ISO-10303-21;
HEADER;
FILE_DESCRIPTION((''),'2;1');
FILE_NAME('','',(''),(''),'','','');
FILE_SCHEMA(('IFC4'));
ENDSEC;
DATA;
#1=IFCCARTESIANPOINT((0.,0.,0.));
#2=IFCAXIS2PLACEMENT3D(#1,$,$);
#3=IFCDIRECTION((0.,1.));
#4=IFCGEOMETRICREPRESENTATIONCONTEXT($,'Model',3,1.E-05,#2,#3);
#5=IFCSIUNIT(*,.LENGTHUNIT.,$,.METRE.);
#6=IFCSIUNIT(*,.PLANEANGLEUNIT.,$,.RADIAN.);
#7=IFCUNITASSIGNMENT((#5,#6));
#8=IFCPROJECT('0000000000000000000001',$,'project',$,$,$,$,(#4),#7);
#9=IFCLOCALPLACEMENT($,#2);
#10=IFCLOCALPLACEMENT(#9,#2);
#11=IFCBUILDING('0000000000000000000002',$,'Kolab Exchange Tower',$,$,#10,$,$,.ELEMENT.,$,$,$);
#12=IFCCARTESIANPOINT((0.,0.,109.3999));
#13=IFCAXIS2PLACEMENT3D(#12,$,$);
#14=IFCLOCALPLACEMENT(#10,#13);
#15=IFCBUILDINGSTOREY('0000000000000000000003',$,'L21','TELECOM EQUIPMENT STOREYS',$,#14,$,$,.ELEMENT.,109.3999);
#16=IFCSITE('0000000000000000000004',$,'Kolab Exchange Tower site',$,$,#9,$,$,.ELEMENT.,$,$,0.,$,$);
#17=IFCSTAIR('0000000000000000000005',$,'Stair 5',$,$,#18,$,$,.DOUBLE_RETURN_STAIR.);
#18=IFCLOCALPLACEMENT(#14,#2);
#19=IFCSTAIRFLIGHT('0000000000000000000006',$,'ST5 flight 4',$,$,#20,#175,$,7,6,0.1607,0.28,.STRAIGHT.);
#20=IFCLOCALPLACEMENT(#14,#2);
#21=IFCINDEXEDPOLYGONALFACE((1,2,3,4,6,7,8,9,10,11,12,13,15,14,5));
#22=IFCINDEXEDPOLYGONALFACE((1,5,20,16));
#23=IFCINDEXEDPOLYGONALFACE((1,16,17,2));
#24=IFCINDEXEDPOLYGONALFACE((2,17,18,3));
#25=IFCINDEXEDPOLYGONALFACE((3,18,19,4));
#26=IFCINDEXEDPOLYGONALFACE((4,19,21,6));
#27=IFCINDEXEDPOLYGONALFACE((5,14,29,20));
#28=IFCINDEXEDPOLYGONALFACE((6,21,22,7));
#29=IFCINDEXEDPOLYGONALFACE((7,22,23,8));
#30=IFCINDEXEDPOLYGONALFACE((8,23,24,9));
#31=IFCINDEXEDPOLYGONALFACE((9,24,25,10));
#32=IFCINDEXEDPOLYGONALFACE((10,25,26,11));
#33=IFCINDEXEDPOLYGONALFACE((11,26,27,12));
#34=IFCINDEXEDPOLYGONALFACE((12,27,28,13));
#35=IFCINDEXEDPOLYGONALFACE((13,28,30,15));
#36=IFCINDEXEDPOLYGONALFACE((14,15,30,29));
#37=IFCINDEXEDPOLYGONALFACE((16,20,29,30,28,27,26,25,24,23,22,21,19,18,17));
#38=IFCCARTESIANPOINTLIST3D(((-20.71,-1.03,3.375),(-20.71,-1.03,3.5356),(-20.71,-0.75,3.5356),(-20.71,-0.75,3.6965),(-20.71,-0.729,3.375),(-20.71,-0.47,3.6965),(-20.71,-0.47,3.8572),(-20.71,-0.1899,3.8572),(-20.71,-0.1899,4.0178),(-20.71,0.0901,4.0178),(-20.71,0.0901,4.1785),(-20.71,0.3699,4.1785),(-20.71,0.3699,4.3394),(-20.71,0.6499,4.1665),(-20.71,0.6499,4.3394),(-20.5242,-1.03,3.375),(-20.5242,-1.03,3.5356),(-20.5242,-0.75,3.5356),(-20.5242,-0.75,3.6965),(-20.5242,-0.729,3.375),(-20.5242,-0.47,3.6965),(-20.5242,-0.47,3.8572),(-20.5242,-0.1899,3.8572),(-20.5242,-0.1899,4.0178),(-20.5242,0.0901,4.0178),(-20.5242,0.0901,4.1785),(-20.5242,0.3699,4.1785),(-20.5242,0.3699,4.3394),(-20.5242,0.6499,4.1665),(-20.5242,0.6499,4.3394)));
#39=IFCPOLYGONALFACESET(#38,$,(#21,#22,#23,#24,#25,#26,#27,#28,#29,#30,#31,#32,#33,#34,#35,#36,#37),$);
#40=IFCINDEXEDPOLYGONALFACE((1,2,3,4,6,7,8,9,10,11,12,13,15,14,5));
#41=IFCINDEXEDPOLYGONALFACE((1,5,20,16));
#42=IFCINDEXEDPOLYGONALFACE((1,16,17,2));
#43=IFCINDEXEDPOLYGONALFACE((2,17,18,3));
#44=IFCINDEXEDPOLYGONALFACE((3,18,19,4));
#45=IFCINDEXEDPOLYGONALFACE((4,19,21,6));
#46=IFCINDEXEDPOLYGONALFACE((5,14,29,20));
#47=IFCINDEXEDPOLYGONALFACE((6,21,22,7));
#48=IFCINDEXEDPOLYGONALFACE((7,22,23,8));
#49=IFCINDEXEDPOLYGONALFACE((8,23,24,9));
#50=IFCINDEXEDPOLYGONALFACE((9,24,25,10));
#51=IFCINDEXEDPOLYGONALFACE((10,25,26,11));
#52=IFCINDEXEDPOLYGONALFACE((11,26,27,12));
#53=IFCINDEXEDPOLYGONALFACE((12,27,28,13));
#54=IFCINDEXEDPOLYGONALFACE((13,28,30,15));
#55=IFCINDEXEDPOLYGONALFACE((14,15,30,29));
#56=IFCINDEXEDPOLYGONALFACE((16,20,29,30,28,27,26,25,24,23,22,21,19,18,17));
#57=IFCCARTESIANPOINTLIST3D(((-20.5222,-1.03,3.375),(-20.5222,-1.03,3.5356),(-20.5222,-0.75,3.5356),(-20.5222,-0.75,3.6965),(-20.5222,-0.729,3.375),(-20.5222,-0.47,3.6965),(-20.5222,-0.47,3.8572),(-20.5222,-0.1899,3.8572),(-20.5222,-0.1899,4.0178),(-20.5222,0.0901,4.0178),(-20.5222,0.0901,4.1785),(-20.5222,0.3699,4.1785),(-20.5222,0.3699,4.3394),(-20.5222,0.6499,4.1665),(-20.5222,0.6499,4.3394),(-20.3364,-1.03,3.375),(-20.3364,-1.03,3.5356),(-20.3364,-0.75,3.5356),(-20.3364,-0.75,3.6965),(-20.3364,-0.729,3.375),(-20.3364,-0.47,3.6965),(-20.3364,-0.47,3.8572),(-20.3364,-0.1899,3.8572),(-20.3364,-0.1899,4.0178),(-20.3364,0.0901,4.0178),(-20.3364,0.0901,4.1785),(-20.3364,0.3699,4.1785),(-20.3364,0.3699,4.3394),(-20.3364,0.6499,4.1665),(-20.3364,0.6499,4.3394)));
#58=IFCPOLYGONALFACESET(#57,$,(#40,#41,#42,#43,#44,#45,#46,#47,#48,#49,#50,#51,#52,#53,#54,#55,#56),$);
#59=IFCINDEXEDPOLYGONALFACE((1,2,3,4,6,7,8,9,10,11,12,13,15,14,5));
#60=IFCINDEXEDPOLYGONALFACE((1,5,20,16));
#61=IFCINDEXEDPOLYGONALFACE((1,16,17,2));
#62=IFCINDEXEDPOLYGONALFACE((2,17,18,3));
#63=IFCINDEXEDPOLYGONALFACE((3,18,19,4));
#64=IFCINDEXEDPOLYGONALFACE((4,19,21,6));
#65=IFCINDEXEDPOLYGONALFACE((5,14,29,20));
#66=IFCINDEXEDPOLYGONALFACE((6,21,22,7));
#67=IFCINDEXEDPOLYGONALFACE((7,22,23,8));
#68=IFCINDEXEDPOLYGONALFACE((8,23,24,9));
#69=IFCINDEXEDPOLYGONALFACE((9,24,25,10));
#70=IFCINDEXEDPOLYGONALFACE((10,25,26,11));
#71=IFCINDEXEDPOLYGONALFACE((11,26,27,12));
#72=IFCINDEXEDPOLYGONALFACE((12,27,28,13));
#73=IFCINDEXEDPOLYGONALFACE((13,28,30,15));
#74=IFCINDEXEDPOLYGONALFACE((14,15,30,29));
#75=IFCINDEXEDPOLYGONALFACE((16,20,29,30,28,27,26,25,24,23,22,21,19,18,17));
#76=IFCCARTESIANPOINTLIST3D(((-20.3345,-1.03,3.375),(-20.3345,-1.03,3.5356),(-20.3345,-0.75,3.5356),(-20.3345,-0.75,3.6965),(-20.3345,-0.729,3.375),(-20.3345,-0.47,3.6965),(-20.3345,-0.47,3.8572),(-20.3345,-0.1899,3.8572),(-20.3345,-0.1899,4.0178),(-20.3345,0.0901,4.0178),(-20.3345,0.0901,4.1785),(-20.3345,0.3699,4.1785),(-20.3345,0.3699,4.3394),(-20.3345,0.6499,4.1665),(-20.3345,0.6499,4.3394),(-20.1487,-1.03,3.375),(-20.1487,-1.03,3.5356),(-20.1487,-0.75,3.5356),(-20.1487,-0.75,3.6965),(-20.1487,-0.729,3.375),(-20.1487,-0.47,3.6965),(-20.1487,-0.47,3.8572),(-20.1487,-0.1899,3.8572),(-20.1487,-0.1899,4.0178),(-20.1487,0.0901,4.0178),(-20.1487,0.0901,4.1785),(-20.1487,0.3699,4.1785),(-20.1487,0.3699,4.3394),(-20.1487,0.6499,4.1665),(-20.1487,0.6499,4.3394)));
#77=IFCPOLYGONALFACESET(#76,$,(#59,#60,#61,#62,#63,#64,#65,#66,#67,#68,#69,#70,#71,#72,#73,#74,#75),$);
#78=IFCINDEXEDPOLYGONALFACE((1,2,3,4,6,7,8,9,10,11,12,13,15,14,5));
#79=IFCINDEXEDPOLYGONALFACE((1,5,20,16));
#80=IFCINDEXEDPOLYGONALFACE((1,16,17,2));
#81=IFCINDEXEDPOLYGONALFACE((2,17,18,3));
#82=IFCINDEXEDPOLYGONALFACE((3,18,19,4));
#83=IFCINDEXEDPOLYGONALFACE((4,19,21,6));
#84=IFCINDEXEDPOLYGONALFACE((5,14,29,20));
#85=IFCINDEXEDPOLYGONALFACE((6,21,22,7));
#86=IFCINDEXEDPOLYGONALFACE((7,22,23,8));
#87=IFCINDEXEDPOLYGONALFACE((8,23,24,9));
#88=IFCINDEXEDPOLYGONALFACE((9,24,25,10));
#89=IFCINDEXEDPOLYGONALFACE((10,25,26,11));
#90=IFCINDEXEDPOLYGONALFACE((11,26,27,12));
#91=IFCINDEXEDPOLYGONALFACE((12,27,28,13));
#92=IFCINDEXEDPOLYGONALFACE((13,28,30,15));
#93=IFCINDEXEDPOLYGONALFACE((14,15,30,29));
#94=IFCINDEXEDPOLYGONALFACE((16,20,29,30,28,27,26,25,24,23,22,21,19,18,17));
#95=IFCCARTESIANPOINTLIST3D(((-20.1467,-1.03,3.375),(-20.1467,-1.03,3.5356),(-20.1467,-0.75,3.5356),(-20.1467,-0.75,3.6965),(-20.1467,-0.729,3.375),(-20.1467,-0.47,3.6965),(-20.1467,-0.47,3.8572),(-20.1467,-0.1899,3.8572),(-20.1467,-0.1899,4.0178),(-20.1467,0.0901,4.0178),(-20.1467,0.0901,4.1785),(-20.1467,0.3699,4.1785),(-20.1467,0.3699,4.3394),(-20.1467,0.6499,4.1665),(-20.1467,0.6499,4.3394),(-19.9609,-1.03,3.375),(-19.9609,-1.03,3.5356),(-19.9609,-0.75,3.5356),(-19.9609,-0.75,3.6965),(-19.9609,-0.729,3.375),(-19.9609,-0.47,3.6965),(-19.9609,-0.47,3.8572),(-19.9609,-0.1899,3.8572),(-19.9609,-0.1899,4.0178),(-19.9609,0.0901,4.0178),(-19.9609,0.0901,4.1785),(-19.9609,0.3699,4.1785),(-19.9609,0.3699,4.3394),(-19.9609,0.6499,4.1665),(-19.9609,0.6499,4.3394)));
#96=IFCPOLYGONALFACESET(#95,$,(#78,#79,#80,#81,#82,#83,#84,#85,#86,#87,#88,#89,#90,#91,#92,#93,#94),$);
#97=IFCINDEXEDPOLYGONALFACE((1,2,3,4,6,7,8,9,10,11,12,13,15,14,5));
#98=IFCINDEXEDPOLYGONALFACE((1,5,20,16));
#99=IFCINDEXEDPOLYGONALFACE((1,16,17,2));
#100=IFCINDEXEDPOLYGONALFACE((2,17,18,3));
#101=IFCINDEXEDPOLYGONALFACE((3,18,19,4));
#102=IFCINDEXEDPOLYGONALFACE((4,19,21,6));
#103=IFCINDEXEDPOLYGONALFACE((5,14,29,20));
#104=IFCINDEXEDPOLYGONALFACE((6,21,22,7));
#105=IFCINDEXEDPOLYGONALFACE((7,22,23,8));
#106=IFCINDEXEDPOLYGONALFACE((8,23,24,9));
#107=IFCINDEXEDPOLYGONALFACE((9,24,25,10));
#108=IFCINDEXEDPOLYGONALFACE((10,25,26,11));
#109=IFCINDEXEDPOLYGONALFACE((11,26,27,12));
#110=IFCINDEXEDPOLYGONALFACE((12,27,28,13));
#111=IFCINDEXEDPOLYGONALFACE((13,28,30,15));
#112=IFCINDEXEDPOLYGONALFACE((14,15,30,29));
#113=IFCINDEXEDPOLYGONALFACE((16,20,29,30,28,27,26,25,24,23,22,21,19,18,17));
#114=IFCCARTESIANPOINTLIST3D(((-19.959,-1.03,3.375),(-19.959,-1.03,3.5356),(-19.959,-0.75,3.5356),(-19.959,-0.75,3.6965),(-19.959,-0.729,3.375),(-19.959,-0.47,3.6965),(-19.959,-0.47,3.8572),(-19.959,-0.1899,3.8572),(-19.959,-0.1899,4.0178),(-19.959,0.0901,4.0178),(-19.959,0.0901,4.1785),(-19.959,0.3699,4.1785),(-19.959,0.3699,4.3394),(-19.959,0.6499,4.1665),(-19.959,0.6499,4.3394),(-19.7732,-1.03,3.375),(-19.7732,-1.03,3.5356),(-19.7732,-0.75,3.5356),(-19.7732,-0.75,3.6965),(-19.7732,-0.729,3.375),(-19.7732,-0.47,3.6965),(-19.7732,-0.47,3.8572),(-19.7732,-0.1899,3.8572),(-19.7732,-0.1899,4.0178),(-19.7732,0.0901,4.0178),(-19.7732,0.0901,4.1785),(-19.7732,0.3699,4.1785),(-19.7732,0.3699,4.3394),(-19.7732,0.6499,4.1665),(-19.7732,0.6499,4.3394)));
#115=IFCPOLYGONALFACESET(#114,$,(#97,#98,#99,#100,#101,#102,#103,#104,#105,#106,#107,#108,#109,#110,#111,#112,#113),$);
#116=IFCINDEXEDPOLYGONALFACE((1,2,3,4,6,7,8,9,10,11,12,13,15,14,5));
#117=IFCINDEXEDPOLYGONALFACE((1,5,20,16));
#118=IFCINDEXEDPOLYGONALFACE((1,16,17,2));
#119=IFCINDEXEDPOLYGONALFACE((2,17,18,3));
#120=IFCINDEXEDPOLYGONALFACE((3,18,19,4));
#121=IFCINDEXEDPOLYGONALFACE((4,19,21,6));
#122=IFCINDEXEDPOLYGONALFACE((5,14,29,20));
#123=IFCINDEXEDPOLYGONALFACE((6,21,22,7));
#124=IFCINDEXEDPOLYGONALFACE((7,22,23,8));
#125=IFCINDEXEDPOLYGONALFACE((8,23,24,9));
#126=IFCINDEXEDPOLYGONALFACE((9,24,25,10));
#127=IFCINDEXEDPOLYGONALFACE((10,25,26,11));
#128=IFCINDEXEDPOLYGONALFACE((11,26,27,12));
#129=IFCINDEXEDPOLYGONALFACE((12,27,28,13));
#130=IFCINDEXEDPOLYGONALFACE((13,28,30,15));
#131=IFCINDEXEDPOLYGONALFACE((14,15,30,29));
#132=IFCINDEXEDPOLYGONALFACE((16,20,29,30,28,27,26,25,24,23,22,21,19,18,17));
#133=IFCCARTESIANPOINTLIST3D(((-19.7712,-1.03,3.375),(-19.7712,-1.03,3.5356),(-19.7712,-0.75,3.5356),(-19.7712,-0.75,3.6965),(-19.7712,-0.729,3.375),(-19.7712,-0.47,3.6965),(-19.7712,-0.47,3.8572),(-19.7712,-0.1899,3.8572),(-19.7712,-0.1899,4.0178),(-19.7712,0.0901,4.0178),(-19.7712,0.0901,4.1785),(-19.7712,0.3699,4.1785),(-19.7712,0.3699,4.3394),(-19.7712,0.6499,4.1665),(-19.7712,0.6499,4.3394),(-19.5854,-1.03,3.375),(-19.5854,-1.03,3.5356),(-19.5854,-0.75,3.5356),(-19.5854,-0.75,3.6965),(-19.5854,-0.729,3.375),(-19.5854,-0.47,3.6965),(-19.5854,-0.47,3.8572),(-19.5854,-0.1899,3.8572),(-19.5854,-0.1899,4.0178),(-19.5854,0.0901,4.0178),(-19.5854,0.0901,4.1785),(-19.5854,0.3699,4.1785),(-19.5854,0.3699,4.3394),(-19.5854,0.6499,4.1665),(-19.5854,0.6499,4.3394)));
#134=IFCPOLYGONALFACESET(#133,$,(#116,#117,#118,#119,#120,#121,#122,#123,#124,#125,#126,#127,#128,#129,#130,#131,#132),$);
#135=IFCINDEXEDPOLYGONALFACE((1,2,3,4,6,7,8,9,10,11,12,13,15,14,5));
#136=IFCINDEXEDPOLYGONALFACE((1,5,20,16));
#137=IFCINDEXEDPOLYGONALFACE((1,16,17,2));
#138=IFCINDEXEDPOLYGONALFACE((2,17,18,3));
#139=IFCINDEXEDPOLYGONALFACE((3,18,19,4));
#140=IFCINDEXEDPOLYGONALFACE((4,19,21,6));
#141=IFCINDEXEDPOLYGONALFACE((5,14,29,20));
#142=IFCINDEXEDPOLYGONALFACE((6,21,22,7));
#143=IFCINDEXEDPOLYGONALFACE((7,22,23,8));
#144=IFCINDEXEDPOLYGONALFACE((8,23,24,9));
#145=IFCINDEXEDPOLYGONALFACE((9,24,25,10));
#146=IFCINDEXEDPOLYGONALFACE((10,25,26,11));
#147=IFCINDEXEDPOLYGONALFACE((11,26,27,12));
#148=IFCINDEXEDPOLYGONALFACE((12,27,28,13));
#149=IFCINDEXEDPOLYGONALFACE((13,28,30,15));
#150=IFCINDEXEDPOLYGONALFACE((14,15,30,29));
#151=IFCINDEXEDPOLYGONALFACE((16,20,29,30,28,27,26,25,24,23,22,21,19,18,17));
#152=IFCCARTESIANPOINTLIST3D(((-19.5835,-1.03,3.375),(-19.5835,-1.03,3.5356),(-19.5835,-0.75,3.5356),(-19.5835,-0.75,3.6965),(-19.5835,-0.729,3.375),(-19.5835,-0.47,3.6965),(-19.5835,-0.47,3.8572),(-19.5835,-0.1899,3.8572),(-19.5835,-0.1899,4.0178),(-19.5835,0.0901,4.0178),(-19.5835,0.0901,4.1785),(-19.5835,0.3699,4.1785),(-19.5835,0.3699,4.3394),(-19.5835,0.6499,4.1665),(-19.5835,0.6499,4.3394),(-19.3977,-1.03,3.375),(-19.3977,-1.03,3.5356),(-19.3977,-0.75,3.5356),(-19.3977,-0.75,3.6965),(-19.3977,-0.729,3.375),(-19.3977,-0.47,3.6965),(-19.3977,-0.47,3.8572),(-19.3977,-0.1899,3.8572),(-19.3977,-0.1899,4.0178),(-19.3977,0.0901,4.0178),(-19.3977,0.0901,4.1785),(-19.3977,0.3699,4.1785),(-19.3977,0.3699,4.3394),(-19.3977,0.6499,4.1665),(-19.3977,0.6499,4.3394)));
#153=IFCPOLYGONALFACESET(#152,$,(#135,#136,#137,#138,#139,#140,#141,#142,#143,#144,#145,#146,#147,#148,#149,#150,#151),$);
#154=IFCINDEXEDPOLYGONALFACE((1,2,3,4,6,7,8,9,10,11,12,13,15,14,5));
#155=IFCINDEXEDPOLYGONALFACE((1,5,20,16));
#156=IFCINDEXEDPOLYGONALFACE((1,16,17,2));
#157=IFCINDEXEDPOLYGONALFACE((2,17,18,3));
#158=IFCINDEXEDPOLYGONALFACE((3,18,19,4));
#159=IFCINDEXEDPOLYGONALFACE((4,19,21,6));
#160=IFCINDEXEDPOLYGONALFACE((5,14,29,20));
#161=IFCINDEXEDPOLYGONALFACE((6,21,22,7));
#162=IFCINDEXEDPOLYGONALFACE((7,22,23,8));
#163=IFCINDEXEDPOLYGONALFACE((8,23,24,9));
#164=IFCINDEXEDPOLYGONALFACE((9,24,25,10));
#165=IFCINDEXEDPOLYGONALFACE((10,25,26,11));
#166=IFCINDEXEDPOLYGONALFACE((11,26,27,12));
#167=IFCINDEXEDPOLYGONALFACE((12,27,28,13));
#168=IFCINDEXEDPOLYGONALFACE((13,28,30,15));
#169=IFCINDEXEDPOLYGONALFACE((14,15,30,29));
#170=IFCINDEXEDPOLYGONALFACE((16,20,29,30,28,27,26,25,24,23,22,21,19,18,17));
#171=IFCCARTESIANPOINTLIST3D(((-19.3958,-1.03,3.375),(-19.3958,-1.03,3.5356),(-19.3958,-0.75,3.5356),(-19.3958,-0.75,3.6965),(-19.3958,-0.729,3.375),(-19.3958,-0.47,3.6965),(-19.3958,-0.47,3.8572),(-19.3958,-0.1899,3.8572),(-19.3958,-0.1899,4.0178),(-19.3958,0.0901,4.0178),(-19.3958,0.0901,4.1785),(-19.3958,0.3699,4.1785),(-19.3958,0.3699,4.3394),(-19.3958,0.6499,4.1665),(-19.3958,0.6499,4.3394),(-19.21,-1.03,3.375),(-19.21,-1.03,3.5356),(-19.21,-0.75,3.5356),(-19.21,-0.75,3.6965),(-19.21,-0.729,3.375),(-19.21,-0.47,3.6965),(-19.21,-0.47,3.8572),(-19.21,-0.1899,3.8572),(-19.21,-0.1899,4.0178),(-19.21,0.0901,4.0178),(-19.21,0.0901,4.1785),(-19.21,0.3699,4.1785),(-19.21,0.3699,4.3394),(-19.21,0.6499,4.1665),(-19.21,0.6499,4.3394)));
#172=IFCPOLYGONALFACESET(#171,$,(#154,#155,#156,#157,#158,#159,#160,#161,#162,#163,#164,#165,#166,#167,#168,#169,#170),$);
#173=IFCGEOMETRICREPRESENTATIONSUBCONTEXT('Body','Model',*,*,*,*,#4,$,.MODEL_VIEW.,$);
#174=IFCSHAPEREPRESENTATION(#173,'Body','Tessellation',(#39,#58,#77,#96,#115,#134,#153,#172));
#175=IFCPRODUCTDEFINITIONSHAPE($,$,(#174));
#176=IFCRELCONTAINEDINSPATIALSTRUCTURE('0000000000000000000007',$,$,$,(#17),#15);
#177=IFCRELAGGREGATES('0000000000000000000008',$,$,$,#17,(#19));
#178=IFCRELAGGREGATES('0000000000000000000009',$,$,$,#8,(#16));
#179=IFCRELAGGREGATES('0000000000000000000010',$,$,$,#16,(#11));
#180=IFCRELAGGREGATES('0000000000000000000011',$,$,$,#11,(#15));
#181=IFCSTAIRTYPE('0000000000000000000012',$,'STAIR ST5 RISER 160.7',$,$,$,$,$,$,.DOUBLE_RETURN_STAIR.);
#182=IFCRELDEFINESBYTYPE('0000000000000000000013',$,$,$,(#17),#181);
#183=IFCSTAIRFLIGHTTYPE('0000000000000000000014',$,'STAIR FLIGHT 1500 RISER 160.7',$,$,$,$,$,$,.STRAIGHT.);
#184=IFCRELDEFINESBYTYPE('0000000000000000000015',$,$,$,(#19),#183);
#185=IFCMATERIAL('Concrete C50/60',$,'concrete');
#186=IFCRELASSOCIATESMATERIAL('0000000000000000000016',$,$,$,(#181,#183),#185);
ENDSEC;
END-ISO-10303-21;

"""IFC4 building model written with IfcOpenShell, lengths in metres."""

from ifc_helpers import new_model, si_unit, direction, frame, origin, place, context, subcontext, project, spatial, polyline, outline, extrude, material, type_object, element, aggregate, save


model = new_model("IFC4")

# Units and contexts
model_context = context("Model", 3, precision=1e-05, world=origin(), true_north=direction((0.0, 1.0)))
body_context = subcontext(model_context, "Body", "Model", "MODEL_VIEW")
ifc_project = project(units=[si_unit("LENGTHUNIT", "METRE"), si_unit("PLANEANGLEUNIT", "RADIAN")], contexts=[model_context])

# Site, building, storey
site_placement = place(None, origin())
site = spatial("IfcSite", under=ifc_project, at=site_placement, Name="Kolab Exchange Tower site", CompositionType="ELEMENT", RefElevation=0.0)
building_placement = place(site_placement, origin())
building = spatial("IfcBuilding", under=site, at=building_placement, Name="Kolab Exchange Tower", CompositionType="ELEMENT")
storey_placement = place(building_placement, frame((0.0, 0.0, 109.3999)))
storey = spatial("IfcBuildingStorey", under=building, at=storey_placement, Name="L21", Description="TELECOM EQUIPMENT STOREYS", CompositionType="ELEMENT", Elevation=109.3999)

# Shared definitions
ifc_material_1 = material(Name="Concrete C50/60", Category="concrete")

# Stair, stair flight
stair_type = type_object("IfcStairType", Name="STAIR ST5 RISER 160.7", PredefinedType="DOUBLE_RETURN_STAIR", material=ifc_material_1)
stair_placement = place(storey_placement, origin())
stair = element("IfcStair", 1, at=stair_placement, inside=storey, type_object=stair_type, Name="Stair 5", PredefinedType="DOUBLE_RETURN_STAIR")
stair_flight_type = type_object("IfcStairFlightType", Name="STAIR FLIGHT 1500 RISER 160.7", PredefinedType="STRAIGHT", material=ifc_material_1)
stair_flight_1_placement = place(storey_placement, frame((-19.96, -1.03, 3.375), z_axis=(0.0, 0.0, 1.0), x_axis=(0.0, 1.0, 0.0)))
stair_flight_1 = element("IfcStairFlight", 2, at=stair_flight_1_placement, type_object=stair_flight_type, Name="ST5 flight 4", NumberOfRisers=7, NumberOfTreads=6, PredefinedType="STRAIGHT", RiserHeight=0.1607, TreadLength=0.28, context=body_context, shape_type="SweptSolid", body=[
    extrude(outline(polyline([(0.0, 0.0), (0.0, 0.1606), (0.28, 0.1606), (0.28, 0.3215), (0.5601, 0.3215), (0.5601, 0.4822), (0.8401, 0.4822), (0.8401, 0.6428), (1.1201, 0.6428), (1.1201, 0.8035), (1.3999, 0.8035), (1.3999, 0.9644), (1.6799, 0.9644), (1.6799, 1.125), (1.6799, 0.7915), (0.301, 0.0), (0.0, 0.0)])), frame((0.0, 0.75, 0.0), z_axis=(0.0, -1.0, 0.0), x_axis=(1.0, 0.0, 0.0)), (0.0, 0.0, 1.0), 0.1858),
    extrude(outline(polyline([(0.0, 0.0), (0.0, 0.1606), (0.28, 0.1606), (0.28, 0.3215), (0.5601, 0.3215), (0.5601, 0.4822), (0.8401, 0.4822), (0.8401, 0.6428), (1.1201, 0.6428), (1.1201, 0.8035), (1.3999, 0.8035), (1.3999, 0.9644), (1.6799, 0.9644), (1.6799, 1.125), (1.6799, 0.7915), (0.301, 0.0), (0.0, 0.0)])), frame((0.0, 0.5623, 0.0), z_axis=(0.0, -1.0, 0.0), x_axis=(1.0, 0.0, 0.0)), (0.0, 0.0, 1.0), 0.1858),
    extrude(outline(polyline([(0.0, 0.0), (0.0, 0.1606), (0.28, 0.1606), (0.28, 0.3215), (0.5601, 0.3215), (0.5601, 0.4822), (0.8401, 0.4822), (0.8401, 0.6428), (1.1201, 0.6428), (1.1201, 0.8035), (1.3999, 0.8035), (1.3999, 0.9644), (1.6799, 0.9644), (1.6799, 1.125), (1.6799, 0.7915), (0.301, 0.0), (0.0, 0.0)])), frame((0.0, 0.3745, 0.0), z_axis=(0.0, -1.0, 0.0), x_axis=(1.0, 0.0, 0.0)), (0.0, 0.0, 1.0), 0.1858),
    extrude(outline(polyline([(0.0, 0.0), (0.0, 0.1606), (0.28, 0.1606), (0.28, 0.3215), (0.5601, 0.3215), (0.5601, 0.4822), (0.8401, 0.4822), (0.8401, 0.6428), (1.1201, 0.6428), (1.1201, 0.8035), (1.3999, 0.8035), (1.3999, 0.9644), (1.6799, 0.9644), (1.6799, 1.125), (1.6799, 0.7915), (0.301, 0.0), (0.0, 0.0)])), frame((0.0, 0.1868, 0.0), z_axis=(0.0, -1.0, 0.0), x_axis=(1.0, 0.0, 0.0)), (0.0, 0.0, 1.0), 0.1858),
    extrude(outline(polyline([(0.0, 0.0), (0.0, 0.1606), (0.28, 0.1606), (0.28, 0.3215), (0.5601, 0.3215), (0.5601, 0.4822), (0.8401, 0.4822), (0.8401, 0.6428), (1.1201, 0.6428), (1.1201, 0.8035), (1.3999, 0.8035), (1.3999, 0.9644), (1.6799, 0.9644), (1.6799, 1.125), (1.6799, 0.7915), (0.301, 0.0), (0.0, 0.0)])), frame((0.0, -0.001, 0.0), z_axis=(0.0, -1.0, 0.0), x_axis=(1.0, 0.0, 0.0)), (0.0, 0.0, 1.0), 0.1858),
    extrude(outline(polyline([(0.0, 0.0), (0.0, 0.1606), (0.28, 0.1606), (0.28, 0.3215), (0.5601, 0.3215), (0.5601, 0.4822), (0.8401, 0.4822), (0.8401, 0.6428), (1.1201, 0.6428), (1.1201, 0.8035), (1.3999, 0.8035), (1.3999, 0.9644), (1.6799, 0.9644), (1.6799, 1.125), (1.6799, 0.7915), (0.301, 0.0), (0.0, 0.0)])), frame((0.0, -0.1887, 0.0), z_axis=(0.0, -1.0, 0.0), x_axis=(1.0, 0.0, 0.0)), (0.0, 0.0, 1.0), 0.1858),
    extrude(outline(polyline([(0.0, 0.0), (0.0, 0.1606), (0.28, 0.1606), (0.28, 0.3215), (0.5601, 0.3215), (0.5601, 0.4822), (0.8401, 0.4822), (0.8401, 0.6428), (1.1201, 0.6428), (1.1201, 0.8035), (1.3999, 0.8035), (1.3999, 0.9644), (1.6799, 0.9644), (1.6799, 1.125), (1.6799, 0.7915), (0.301, 0.0), (0.0, 0.0)])), frame((0.0, -0.3765, 0.0), z_axis=(0.0, -1.0, 0.0), x_axis=(1.0, 0.0, 0.0)), (0.0, 0.0, 1.0), 0.1858),
    extrude(outline(polyline([(0.0, 0.0), (0.0, 0.1606), (0.28, 0.1606), (0.28, 0.3215), (0.5601, 0.3215), (0.5601, 0.4822), (0.8401, 0.4822), (0.8401, 0.6428), (1.1201, 0.6428), (1.1201, 0.8035), (1.3999, 0.8035), (1.3999, 0.9644), (1.6799, 0.9644), (1.6799, 1.125), (1.6799, 0.7915), (0.301, 0.0), (0.0, 0.0)])), frame((0.0, -0.5642, 0.0), z_axis=(0.0, -1.0, 0.0), x_axis=(1.0, 0.0, 0.0)), (0.0, 0.0, 1.0), 0.1858),
])
aggregate(stair, [stair_flight_1])

save(model, "model.ifc")
